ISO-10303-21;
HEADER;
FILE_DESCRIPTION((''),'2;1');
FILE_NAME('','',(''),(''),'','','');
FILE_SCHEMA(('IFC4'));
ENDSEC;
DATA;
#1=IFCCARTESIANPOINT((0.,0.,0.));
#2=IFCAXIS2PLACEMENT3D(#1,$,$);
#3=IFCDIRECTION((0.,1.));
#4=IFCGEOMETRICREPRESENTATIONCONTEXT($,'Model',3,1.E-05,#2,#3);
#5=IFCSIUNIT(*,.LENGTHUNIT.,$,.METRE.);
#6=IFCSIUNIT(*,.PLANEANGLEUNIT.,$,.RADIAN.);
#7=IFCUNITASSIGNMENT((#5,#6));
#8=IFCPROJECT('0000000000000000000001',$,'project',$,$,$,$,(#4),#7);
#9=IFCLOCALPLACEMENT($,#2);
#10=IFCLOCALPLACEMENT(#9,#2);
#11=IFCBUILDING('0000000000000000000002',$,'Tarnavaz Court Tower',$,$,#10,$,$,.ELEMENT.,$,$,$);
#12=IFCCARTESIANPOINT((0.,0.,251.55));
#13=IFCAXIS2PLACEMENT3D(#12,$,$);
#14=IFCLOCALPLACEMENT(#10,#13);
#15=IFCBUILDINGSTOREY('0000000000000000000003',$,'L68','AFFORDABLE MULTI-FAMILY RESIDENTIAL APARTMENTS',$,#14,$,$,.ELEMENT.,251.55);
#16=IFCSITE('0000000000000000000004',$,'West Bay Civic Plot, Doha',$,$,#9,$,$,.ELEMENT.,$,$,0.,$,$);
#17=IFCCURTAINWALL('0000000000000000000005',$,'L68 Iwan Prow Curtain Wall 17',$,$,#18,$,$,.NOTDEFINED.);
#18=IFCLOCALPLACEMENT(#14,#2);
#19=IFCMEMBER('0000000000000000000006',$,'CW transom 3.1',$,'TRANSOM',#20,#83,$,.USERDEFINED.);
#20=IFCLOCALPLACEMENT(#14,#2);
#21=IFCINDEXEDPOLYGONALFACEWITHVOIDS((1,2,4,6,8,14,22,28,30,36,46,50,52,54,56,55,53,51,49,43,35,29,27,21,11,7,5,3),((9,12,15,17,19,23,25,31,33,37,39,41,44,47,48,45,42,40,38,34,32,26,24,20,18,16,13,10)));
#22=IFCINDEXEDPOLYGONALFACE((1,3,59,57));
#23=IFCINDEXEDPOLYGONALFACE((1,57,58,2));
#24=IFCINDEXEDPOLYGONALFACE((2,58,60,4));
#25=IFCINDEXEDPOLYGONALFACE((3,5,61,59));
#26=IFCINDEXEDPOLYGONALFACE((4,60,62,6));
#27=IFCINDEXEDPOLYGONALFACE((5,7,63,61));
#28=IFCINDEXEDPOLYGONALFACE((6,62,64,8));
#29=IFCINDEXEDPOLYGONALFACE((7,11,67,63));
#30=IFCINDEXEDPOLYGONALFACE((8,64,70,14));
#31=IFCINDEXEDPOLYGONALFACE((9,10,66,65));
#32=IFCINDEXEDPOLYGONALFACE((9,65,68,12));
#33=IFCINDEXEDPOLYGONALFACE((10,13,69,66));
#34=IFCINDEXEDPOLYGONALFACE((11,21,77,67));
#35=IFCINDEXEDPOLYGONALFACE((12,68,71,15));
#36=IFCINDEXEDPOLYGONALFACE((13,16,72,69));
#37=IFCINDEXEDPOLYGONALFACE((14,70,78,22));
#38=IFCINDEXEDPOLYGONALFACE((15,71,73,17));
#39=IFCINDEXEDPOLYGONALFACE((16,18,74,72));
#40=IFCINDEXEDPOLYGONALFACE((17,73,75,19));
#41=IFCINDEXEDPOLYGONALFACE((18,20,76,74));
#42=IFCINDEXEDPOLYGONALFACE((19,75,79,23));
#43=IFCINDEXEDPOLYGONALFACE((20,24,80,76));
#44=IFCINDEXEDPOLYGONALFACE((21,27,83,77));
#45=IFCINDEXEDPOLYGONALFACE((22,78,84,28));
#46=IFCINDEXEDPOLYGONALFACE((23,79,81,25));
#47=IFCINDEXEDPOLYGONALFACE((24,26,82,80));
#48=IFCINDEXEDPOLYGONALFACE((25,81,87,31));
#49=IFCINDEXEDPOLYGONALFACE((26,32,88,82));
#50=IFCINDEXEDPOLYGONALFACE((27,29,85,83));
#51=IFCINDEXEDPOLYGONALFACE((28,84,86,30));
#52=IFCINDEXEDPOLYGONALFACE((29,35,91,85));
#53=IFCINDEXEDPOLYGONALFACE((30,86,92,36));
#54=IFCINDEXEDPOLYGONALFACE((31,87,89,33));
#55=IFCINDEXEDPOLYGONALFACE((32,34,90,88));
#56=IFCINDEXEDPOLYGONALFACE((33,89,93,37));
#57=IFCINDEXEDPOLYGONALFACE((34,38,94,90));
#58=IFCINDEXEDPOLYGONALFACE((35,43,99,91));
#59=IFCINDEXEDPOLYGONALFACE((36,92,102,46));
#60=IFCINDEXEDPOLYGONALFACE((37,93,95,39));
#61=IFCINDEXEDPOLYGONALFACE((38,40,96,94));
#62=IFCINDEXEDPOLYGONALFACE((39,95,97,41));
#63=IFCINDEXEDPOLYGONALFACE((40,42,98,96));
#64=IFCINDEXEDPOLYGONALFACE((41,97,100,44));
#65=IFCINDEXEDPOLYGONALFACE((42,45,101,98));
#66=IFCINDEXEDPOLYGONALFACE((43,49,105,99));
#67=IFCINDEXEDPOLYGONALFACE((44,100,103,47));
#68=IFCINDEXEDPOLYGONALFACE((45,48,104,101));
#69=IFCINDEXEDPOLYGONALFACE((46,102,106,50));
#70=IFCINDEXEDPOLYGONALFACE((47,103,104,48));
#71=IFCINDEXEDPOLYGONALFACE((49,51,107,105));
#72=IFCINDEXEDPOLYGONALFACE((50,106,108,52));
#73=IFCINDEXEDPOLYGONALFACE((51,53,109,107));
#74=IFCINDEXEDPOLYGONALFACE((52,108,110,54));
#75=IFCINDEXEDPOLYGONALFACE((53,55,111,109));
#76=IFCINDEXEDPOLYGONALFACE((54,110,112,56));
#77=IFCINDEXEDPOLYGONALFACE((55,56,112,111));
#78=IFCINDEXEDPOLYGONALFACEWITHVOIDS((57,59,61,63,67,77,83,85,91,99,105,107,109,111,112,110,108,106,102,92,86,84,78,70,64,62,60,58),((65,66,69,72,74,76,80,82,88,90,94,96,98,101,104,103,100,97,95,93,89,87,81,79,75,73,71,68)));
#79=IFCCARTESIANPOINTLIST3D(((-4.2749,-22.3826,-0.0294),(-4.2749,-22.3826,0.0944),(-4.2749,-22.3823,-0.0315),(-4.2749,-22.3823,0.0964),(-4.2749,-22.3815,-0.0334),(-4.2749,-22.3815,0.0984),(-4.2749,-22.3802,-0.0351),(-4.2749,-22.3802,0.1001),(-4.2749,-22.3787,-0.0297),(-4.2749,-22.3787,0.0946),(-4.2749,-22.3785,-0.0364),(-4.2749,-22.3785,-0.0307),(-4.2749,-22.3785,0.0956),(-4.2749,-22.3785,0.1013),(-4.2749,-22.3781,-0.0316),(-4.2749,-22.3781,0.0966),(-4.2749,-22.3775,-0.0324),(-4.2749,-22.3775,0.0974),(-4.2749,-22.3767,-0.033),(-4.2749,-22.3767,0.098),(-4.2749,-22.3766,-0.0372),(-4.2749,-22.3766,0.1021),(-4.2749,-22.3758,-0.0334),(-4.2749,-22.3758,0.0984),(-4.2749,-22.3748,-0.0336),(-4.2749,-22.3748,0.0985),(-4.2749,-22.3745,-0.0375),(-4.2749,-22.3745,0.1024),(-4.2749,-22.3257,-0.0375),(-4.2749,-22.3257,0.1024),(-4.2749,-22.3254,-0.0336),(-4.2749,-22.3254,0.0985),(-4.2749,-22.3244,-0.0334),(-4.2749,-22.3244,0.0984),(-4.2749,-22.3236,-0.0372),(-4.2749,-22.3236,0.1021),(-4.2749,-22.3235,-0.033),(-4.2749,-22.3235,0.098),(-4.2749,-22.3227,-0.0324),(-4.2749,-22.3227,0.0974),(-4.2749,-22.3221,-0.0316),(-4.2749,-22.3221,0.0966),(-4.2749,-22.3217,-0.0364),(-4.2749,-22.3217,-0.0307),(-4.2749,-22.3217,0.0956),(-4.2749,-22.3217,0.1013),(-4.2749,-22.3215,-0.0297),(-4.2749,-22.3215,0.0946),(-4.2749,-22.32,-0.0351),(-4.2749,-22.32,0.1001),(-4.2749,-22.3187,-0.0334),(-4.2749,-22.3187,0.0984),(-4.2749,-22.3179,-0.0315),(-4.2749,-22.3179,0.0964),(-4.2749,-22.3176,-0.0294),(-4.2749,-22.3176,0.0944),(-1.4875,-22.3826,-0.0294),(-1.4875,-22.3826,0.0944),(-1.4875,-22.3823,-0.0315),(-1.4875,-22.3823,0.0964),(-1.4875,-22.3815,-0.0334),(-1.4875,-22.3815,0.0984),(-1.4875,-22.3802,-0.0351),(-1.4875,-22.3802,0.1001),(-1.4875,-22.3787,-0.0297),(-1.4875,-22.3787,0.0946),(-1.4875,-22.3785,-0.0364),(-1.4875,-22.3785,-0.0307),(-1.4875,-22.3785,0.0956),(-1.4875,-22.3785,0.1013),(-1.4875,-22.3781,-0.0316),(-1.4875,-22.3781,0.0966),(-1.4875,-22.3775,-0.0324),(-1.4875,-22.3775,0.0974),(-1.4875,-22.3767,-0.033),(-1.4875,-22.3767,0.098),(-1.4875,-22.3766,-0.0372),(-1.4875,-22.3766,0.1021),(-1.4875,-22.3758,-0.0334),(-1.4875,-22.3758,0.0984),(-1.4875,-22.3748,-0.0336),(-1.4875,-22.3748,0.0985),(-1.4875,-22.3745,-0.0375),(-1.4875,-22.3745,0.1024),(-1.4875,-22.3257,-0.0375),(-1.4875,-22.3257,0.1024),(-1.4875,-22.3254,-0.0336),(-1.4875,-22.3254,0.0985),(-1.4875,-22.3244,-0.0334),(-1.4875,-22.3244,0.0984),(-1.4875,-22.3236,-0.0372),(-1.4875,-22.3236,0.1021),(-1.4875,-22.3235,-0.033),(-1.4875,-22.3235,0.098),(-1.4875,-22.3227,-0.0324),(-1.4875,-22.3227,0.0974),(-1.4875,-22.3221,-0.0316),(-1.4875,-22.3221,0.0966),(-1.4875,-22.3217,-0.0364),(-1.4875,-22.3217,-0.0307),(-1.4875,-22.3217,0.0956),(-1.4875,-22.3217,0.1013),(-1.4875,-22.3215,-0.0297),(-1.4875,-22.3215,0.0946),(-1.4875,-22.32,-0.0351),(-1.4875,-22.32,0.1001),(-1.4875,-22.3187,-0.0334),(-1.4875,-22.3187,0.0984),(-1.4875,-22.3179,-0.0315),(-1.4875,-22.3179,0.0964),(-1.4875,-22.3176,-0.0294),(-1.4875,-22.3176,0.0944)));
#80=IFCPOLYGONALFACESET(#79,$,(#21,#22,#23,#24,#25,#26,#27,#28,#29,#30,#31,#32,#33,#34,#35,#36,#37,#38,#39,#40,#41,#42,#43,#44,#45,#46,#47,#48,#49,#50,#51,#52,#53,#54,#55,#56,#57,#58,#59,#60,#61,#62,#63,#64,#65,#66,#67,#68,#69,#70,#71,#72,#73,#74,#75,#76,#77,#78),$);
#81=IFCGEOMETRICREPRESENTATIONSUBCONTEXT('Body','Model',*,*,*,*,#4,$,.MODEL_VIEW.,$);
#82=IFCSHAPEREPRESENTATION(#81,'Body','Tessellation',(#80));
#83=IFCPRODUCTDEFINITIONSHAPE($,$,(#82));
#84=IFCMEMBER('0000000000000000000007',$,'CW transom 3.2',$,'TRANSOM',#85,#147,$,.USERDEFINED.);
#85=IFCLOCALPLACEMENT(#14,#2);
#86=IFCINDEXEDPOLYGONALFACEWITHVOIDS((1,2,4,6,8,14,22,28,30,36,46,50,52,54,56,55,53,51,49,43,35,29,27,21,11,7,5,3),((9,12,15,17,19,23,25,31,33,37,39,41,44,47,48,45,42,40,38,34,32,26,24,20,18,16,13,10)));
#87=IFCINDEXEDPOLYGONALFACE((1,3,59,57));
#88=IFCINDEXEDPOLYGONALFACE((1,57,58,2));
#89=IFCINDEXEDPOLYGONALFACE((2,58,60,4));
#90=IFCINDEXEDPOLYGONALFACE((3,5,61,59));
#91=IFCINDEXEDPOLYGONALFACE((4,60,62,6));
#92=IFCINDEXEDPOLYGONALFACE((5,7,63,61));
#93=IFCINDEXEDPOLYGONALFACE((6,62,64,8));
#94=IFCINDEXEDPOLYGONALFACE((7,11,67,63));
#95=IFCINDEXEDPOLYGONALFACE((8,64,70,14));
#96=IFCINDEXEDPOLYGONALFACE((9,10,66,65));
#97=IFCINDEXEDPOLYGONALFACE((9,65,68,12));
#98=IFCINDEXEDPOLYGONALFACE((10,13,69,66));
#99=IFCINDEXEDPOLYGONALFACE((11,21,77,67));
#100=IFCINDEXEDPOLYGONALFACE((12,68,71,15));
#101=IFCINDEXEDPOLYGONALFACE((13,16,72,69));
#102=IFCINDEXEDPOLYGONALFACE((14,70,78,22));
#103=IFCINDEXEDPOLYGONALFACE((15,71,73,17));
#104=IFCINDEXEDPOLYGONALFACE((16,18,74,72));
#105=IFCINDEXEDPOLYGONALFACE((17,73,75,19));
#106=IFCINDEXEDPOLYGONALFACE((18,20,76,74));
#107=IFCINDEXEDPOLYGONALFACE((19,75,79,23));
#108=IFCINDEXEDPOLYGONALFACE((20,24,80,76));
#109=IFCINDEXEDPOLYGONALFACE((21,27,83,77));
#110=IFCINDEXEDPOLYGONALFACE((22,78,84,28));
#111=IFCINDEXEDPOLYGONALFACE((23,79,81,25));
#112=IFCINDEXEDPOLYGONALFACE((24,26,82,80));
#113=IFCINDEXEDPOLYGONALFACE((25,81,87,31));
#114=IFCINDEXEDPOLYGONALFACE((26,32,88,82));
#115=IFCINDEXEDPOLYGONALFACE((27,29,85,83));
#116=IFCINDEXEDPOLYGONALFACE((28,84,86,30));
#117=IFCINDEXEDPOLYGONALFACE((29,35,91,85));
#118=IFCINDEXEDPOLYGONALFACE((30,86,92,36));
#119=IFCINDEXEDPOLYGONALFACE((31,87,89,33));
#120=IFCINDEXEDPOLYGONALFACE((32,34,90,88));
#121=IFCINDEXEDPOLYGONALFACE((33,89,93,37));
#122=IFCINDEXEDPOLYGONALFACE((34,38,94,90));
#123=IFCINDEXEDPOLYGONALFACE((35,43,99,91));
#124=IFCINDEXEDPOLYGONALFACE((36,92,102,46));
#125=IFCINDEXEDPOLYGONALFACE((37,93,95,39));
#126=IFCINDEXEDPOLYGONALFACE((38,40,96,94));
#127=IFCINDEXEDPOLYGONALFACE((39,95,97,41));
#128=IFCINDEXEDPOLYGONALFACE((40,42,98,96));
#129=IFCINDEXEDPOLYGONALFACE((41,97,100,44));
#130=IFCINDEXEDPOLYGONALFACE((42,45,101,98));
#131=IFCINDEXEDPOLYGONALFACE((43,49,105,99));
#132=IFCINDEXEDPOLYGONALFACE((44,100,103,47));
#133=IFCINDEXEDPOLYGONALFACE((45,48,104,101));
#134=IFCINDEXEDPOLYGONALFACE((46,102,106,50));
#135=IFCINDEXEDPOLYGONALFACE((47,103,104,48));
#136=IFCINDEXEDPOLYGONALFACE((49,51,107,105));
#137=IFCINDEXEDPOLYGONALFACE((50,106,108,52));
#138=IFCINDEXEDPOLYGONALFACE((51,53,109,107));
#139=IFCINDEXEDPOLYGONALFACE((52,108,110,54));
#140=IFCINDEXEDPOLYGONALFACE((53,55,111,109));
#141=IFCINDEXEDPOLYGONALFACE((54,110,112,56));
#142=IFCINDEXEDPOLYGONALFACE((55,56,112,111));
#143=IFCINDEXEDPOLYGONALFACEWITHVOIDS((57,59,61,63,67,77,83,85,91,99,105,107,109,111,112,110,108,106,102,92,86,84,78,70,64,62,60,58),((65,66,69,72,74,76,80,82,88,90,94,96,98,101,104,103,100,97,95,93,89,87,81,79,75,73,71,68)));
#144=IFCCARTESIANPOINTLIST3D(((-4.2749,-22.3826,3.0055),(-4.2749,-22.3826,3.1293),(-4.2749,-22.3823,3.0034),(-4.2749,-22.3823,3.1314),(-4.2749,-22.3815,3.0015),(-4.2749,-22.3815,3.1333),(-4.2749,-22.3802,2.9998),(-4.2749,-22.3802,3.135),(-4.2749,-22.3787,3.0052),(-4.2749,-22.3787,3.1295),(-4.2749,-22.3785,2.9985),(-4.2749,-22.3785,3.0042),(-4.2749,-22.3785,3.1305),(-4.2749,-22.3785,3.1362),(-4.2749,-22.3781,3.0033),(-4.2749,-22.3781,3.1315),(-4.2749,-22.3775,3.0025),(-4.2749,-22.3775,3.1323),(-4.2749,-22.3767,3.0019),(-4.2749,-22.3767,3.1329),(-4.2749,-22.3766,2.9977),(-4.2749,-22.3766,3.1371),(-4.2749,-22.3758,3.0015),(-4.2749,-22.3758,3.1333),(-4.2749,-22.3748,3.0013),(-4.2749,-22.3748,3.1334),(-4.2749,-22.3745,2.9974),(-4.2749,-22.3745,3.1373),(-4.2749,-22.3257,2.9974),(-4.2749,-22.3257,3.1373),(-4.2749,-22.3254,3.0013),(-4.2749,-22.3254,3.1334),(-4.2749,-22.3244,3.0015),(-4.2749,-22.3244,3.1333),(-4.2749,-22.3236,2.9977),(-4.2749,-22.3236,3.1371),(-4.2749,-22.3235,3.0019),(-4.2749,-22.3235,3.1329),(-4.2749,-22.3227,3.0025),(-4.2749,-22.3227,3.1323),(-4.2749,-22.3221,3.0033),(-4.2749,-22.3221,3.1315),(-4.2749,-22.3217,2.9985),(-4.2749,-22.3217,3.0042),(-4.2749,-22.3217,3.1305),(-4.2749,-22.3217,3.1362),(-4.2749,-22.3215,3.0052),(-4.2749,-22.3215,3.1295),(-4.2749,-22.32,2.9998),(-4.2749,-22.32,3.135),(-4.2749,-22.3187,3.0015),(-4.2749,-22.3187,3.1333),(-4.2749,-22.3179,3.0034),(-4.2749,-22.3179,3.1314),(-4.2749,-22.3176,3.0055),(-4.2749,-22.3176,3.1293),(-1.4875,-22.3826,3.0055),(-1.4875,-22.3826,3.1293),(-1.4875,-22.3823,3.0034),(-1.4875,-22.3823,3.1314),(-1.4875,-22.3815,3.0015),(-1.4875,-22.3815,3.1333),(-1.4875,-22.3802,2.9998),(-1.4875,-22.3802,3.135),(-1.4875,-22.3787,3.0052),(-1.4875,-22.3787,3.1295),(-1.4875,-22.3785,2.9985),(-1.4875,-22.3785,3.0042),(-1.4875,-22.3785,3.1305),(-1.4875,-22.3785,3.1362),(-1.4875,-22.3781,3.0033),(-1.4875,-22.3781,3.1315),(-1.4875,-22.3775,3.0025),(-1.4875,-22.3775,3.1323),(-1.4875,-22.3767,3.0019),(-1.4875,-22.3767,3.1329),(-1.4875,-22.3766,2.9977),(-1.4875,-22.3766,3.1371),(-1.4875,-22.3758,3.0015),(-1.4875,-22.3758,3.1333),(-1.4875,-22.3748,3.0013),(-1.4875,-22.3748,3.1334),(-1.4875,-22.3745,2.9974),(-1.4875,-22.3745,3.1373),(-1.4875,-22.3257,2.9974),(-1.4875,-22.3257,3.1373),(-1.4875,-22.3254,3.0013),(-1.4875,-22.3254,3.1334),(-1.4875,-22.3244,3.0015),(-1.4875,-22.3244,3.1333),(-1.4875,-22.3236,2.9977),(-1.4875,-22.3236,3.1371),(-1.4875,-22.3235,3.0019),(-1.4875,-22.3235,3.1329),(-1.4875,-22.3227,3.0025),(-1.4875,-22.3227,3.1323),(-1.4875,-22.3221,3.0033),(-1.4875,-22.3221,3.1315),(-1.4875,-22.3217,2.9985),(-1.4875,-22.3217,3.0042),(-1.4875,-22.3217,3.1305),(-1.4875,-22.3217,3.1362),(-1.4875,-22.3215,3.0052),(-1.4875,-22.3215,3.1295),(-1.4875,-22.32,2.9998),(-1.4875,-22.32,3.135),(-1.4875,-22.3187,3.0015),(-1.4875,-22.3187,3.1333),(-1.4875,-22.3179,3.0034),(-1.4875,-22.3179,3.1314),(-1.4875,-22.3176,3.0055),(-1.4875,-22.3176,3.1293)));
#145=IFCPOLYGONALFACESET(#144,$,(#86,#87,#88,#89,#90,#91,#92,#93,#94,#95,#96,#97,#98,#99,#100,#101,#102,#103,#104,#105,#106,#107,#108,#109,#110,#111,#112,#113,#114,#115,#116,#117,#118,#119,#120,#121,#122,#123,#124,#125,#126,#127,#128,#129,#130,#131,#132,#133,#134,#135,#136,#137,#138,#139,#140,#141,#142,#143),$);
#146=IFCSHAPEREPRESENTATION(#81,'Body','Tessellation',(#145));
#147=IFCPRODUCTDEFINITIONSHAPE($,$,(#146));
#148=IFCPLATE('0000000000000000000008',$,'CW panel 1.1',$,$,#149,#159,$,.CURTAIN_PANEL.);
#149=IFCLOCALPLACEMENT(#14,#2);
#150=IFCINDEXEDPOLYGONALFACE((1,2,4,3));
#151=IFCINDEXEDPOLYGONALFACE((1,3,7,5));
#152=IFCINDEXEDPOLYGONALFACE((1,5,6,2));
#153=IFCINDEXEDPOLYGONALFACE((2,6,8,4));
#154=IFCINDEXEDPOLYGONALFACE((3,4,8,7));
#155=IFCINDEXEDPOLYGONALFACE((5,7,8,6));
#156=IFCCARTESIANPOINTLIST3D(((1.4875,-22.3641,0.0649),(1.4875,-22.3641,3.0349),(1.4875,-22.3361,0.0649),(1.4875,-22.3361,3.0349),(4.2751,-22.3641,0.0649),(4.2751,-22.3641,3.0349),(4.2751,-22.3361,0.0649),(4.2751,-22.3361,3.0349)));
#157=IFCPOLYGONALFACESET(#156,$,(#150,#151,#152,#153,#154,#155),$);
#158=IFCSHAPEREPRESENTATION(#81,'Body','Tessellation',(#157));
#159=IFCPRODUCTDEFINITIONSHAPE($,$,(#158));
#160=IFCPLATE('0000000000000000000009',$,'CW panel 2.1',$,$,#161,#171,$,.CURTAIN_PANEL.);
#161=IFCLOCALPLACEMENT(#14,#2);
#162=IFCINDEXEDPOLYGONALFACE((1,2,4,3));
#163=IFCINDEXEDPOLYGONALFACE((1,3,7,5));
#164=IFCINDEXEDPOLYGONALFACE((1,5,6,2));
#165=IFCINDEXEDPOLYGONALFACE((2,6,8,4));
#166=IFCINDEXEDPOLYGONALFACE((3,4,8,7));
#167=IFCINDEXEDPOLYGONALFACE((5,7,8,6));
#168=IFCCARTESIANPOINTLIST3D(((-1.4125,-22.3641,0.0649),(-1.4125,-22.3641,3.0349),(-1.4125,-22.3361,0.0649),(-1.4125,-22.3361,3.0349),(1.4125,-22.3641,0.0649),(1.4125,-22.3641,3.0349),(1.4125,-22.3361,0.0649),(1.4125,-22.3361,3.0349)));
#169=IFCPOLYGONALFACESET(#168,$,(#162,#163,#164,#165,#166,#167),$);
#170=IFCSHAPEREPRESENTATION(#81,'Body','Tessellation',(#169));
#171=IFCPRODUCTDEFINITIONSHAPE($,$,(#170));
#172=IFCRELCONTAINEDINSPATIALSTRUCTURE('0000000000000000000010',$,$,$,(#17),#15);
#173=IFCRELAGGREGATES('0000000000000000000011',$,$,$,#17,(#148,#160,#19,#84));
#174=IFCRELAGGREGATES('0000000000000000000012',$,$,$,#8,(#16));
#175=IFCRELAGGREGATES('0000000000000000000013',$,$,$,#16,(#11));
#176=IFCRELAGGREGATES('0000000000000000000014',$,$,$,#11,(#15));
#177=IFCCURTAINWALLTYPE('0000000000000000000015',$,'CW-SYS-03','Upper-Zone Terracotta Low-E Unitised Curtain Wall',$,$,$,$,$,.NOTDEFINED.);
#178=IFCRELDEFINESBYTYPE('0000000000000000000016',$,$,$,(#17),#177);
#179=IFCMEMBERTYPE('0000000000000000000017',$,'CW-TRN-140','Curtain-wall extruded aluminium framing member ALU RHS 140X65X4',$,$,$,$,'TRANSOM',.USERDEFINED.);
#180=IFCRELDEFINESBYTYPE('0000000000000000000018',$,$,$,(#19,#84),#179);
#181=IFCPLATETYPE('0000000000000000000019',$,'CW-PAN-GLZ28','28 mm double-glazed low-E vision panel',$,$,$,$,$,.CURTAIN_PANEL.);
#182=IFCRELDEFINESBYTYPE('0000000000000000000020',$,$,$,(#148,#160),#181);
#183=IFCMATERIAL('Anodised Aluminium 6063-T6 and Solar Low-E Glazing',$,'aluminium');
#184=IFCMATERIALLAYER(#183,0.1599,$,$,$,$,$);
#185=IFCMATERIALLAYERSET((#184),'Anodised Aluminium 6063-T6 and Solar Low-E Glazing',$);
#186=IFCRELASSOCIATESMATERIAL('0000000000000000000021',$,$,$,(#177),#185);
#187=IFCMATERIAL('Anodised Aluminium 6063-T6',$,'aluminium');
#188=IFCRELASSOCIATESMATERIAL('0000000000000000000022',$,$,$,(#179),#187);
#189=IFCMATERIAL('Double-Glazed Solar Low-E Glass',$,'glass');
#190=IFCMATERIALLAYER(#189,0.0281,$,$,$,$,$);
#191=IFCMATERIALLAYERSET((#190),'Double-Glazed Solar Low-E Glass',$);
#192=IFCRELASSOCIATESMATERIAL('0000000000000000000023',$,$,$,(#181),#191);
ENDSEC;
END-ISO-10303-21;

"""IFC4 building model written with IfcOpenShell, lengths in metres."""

from ifc_helpers import new_model, si_unit, direction, frame, origin, origin_2d, place, context, subcontext, project, spatial, rectangle, hollow_rectangle, extrude, material, layer, layer_set, material_profile, profile_set, type_object, element, aggregate, save


model = new_model("IFC4")

# Units and contexts
model_context = context("Model", 3, precision=1e-05, world=origin(), true_north=direction((0.0, 1.0)))
body_context = subcontext(model_context, "Body", "Model", "MODEL_VIEW")
ifc_project = project(units=[si_unit("LENGTHUNIT", "METRE"), si_unit("PLANEANGLEUNIT", "RADIAN")], contexts=[model_context])

# Site, building, storey
site_placement = place(None, origin())
site = spatial("IfcSite", under=ifc_project, at=site_placement, Name="West Bay Civic Plot, Doha", CompositionType="ELEMENT", RefElevation=0.0)
building_placement = place(site_placement, origin())
building = spatial("IfcBuilding", under=site, at=building_placement, Name="Tarnavaz Court Tower", CompositionType="ELEMENT")
storey_placement = place(building_placement, frame((0.0, 0.0, 251.55)))
storey = spatial("IfcBuildingStorey", under=building, at=storey_placement, Name="L68", Description="AFFORDABLE MULTI-FAMILY RESIDENTIAL APARTMENTS", CompositionType="ELEMENT", Elevation=251.55)

# Curtain wall, members, plates
ifc_material_1 = material(Name="Anodised Aluminium 6063-T6 and Solar Low-E Glazing", Category="aluminium")
ifc_layer_1 = layer(ifc_material_1, 0.1599)
ifc_layer_set_1 = layer_set([ifc_layer_1], Name="Anodised Aluminium 6063-T6 and Solar Low-E Glazing")
curtain_wall_type = type_object("IfcCurtainWallType", Name="CW-SYS-03", Description="Upper-Zone Terracotta Low-E Unitised Curtain Wall", PredefinedType="NOTDEFINED", material=ifc_layer_set_1)
curtain_wall_placement = place(storey_placement, origin())
curtain_wall = element("IfcCurtainWall", 1, at=curtain_wall_placement, inside=storey, type_object=curtain_wall_type, Name="L68 Iwan Prow Curtain Wall 17", PredefinedType="NOTDEFINED")
ifc_material_2 = material(Name="Anodised Aluminium 6063-T6", Category="aluminium")
ifc_material_profile_1 = material_profile(ifc_material_2, hollow_rectangle(XDim=0.0649, YDim=0.1399, WallThickness=0.0039, InnerFilletRadius=0.0039, OuterFilletRadius=0.0081, at=origin_2d()), Name="ALU RHS 140X65X4")
ifc_profile_set_1 = profile_set([ifc_material_profile_1], Name="Anodised Aluminium 6063-T6")
member_type_1 = type_object("IfcMemberType", Name="CW-TRN-140", Description="Curtain-wall extruded aluminium framing member ALU RHS 140X65X4", ElementType="TRANSOM", PredefinedType="USERDEFINED", material=ifc_profile_set_1)
member_1_placement = place(storey_placement, frame((-1.4875, -22.3501, 0.0325), z_axis=(-1.0, 0.0, 0.0), x_axis=(0.0, -1.0, 0.0)))
member_1 = element("IfcMember", 2, at=member_1_placement, type_object=member_type_1, Name="CW transom 3.1", ObjectType="TRANSOM", PredefinedType="USERDEFINED", context=body_context, shape_type="SweptSolid", body=[
    extrude(hollow_rectangle(XDim=0.0649, YDim=0.1399, WallThickness=0.0039, InnerFilletRadius=0.0039, OuterFilletRadius=0.0081, at=origin_2d()), origin(), (0.0, 0.0, 1.0), 2.7874),
])
member_2_placement = place(storey_placement, frame((-1.4875, -22.3501, 3.0674), z_axis=(-1.0, 0.0, 0.0), x_axis=(0.0, -1.0, 0.0)))
member_2 = element("IfcMember", 3, at=member_2_placement, type_object=member_type_1, Name="CW transom 3.2", ObjectType="TRANSOM", PredefinedType="USERDEFINED", context=body_context, shape_type="SweptSolid", body=[
    extrude(hollow_rectangle(XDim=0.0649, YDim=0.1399, WallThickness=0.0039, InnerFilletRadius=0.0039, OuterFilletRadius=0.0081, at=origin_2d()), origin(), (0.0, 0.0, 1.0), 2.7874),
])
ifc_material_3 = material(Name="Double-Glazed Solar Low-E Glass", Category="glass")
ifc_layer_2 = layer(ifc_material_3, 0.0281)
ifc_layer_set_2 = layer_set([ifc_layer_2], Name="Double-Glazed Solar Low-E Glass")
plate_type = type_object("IfcPlateType", Name="CW-PAN-GLZ28", Description="28 mm double-glazed low-E vision panel", PredefinedType="CURTAIN_PANEL", material=ifc_layer_set_2)
plate_1_placement = place(storey_placement, frame((2.8813, -22.3501, 0.0649), z_axis=(0.0, 0.0, 1.0), x_axis=(-1.0, 0.0, 0.0)))
plate_1 = element("IfcPlate", 4, at=plate_1_placement, type_object=plate_type, Name="CW panel 1.1", PredefinedType="CURTAIN_PANEL", context=body_context, shape_type="SweptSolid", body=[
    extrude(rectangle(XDim=2.7876, YDim=0.0281, at=origin_2d()), origin(), (0.0, 0.0, 1.0), 2.97),
])
plate_2_placement = place(storey_placement, frame((0.0, -22.3501, 0.0649), z_axis=(0.0, 0.0, 1.0), x_axis=(-1.0, 0.0, 0.0)))
plate_2 = element("IfcPlate", 5, at=plate_2_placement, type_object=plate_type, Name="CW panel 2.1", PredefinedType="CURTAIN_PANEL", context=body_context, shape_type="SweptSolid", body=[
    extrude(rectangle(XDim=2.825, YDim=0.0281, at=origin_2d()), origin(), (0.0, 0.0, 1.0), 2.97),
])
aggregate(curtain_wall, [plate_1, plate_2, member_1, member_2])

save(model, "model.ifc")
